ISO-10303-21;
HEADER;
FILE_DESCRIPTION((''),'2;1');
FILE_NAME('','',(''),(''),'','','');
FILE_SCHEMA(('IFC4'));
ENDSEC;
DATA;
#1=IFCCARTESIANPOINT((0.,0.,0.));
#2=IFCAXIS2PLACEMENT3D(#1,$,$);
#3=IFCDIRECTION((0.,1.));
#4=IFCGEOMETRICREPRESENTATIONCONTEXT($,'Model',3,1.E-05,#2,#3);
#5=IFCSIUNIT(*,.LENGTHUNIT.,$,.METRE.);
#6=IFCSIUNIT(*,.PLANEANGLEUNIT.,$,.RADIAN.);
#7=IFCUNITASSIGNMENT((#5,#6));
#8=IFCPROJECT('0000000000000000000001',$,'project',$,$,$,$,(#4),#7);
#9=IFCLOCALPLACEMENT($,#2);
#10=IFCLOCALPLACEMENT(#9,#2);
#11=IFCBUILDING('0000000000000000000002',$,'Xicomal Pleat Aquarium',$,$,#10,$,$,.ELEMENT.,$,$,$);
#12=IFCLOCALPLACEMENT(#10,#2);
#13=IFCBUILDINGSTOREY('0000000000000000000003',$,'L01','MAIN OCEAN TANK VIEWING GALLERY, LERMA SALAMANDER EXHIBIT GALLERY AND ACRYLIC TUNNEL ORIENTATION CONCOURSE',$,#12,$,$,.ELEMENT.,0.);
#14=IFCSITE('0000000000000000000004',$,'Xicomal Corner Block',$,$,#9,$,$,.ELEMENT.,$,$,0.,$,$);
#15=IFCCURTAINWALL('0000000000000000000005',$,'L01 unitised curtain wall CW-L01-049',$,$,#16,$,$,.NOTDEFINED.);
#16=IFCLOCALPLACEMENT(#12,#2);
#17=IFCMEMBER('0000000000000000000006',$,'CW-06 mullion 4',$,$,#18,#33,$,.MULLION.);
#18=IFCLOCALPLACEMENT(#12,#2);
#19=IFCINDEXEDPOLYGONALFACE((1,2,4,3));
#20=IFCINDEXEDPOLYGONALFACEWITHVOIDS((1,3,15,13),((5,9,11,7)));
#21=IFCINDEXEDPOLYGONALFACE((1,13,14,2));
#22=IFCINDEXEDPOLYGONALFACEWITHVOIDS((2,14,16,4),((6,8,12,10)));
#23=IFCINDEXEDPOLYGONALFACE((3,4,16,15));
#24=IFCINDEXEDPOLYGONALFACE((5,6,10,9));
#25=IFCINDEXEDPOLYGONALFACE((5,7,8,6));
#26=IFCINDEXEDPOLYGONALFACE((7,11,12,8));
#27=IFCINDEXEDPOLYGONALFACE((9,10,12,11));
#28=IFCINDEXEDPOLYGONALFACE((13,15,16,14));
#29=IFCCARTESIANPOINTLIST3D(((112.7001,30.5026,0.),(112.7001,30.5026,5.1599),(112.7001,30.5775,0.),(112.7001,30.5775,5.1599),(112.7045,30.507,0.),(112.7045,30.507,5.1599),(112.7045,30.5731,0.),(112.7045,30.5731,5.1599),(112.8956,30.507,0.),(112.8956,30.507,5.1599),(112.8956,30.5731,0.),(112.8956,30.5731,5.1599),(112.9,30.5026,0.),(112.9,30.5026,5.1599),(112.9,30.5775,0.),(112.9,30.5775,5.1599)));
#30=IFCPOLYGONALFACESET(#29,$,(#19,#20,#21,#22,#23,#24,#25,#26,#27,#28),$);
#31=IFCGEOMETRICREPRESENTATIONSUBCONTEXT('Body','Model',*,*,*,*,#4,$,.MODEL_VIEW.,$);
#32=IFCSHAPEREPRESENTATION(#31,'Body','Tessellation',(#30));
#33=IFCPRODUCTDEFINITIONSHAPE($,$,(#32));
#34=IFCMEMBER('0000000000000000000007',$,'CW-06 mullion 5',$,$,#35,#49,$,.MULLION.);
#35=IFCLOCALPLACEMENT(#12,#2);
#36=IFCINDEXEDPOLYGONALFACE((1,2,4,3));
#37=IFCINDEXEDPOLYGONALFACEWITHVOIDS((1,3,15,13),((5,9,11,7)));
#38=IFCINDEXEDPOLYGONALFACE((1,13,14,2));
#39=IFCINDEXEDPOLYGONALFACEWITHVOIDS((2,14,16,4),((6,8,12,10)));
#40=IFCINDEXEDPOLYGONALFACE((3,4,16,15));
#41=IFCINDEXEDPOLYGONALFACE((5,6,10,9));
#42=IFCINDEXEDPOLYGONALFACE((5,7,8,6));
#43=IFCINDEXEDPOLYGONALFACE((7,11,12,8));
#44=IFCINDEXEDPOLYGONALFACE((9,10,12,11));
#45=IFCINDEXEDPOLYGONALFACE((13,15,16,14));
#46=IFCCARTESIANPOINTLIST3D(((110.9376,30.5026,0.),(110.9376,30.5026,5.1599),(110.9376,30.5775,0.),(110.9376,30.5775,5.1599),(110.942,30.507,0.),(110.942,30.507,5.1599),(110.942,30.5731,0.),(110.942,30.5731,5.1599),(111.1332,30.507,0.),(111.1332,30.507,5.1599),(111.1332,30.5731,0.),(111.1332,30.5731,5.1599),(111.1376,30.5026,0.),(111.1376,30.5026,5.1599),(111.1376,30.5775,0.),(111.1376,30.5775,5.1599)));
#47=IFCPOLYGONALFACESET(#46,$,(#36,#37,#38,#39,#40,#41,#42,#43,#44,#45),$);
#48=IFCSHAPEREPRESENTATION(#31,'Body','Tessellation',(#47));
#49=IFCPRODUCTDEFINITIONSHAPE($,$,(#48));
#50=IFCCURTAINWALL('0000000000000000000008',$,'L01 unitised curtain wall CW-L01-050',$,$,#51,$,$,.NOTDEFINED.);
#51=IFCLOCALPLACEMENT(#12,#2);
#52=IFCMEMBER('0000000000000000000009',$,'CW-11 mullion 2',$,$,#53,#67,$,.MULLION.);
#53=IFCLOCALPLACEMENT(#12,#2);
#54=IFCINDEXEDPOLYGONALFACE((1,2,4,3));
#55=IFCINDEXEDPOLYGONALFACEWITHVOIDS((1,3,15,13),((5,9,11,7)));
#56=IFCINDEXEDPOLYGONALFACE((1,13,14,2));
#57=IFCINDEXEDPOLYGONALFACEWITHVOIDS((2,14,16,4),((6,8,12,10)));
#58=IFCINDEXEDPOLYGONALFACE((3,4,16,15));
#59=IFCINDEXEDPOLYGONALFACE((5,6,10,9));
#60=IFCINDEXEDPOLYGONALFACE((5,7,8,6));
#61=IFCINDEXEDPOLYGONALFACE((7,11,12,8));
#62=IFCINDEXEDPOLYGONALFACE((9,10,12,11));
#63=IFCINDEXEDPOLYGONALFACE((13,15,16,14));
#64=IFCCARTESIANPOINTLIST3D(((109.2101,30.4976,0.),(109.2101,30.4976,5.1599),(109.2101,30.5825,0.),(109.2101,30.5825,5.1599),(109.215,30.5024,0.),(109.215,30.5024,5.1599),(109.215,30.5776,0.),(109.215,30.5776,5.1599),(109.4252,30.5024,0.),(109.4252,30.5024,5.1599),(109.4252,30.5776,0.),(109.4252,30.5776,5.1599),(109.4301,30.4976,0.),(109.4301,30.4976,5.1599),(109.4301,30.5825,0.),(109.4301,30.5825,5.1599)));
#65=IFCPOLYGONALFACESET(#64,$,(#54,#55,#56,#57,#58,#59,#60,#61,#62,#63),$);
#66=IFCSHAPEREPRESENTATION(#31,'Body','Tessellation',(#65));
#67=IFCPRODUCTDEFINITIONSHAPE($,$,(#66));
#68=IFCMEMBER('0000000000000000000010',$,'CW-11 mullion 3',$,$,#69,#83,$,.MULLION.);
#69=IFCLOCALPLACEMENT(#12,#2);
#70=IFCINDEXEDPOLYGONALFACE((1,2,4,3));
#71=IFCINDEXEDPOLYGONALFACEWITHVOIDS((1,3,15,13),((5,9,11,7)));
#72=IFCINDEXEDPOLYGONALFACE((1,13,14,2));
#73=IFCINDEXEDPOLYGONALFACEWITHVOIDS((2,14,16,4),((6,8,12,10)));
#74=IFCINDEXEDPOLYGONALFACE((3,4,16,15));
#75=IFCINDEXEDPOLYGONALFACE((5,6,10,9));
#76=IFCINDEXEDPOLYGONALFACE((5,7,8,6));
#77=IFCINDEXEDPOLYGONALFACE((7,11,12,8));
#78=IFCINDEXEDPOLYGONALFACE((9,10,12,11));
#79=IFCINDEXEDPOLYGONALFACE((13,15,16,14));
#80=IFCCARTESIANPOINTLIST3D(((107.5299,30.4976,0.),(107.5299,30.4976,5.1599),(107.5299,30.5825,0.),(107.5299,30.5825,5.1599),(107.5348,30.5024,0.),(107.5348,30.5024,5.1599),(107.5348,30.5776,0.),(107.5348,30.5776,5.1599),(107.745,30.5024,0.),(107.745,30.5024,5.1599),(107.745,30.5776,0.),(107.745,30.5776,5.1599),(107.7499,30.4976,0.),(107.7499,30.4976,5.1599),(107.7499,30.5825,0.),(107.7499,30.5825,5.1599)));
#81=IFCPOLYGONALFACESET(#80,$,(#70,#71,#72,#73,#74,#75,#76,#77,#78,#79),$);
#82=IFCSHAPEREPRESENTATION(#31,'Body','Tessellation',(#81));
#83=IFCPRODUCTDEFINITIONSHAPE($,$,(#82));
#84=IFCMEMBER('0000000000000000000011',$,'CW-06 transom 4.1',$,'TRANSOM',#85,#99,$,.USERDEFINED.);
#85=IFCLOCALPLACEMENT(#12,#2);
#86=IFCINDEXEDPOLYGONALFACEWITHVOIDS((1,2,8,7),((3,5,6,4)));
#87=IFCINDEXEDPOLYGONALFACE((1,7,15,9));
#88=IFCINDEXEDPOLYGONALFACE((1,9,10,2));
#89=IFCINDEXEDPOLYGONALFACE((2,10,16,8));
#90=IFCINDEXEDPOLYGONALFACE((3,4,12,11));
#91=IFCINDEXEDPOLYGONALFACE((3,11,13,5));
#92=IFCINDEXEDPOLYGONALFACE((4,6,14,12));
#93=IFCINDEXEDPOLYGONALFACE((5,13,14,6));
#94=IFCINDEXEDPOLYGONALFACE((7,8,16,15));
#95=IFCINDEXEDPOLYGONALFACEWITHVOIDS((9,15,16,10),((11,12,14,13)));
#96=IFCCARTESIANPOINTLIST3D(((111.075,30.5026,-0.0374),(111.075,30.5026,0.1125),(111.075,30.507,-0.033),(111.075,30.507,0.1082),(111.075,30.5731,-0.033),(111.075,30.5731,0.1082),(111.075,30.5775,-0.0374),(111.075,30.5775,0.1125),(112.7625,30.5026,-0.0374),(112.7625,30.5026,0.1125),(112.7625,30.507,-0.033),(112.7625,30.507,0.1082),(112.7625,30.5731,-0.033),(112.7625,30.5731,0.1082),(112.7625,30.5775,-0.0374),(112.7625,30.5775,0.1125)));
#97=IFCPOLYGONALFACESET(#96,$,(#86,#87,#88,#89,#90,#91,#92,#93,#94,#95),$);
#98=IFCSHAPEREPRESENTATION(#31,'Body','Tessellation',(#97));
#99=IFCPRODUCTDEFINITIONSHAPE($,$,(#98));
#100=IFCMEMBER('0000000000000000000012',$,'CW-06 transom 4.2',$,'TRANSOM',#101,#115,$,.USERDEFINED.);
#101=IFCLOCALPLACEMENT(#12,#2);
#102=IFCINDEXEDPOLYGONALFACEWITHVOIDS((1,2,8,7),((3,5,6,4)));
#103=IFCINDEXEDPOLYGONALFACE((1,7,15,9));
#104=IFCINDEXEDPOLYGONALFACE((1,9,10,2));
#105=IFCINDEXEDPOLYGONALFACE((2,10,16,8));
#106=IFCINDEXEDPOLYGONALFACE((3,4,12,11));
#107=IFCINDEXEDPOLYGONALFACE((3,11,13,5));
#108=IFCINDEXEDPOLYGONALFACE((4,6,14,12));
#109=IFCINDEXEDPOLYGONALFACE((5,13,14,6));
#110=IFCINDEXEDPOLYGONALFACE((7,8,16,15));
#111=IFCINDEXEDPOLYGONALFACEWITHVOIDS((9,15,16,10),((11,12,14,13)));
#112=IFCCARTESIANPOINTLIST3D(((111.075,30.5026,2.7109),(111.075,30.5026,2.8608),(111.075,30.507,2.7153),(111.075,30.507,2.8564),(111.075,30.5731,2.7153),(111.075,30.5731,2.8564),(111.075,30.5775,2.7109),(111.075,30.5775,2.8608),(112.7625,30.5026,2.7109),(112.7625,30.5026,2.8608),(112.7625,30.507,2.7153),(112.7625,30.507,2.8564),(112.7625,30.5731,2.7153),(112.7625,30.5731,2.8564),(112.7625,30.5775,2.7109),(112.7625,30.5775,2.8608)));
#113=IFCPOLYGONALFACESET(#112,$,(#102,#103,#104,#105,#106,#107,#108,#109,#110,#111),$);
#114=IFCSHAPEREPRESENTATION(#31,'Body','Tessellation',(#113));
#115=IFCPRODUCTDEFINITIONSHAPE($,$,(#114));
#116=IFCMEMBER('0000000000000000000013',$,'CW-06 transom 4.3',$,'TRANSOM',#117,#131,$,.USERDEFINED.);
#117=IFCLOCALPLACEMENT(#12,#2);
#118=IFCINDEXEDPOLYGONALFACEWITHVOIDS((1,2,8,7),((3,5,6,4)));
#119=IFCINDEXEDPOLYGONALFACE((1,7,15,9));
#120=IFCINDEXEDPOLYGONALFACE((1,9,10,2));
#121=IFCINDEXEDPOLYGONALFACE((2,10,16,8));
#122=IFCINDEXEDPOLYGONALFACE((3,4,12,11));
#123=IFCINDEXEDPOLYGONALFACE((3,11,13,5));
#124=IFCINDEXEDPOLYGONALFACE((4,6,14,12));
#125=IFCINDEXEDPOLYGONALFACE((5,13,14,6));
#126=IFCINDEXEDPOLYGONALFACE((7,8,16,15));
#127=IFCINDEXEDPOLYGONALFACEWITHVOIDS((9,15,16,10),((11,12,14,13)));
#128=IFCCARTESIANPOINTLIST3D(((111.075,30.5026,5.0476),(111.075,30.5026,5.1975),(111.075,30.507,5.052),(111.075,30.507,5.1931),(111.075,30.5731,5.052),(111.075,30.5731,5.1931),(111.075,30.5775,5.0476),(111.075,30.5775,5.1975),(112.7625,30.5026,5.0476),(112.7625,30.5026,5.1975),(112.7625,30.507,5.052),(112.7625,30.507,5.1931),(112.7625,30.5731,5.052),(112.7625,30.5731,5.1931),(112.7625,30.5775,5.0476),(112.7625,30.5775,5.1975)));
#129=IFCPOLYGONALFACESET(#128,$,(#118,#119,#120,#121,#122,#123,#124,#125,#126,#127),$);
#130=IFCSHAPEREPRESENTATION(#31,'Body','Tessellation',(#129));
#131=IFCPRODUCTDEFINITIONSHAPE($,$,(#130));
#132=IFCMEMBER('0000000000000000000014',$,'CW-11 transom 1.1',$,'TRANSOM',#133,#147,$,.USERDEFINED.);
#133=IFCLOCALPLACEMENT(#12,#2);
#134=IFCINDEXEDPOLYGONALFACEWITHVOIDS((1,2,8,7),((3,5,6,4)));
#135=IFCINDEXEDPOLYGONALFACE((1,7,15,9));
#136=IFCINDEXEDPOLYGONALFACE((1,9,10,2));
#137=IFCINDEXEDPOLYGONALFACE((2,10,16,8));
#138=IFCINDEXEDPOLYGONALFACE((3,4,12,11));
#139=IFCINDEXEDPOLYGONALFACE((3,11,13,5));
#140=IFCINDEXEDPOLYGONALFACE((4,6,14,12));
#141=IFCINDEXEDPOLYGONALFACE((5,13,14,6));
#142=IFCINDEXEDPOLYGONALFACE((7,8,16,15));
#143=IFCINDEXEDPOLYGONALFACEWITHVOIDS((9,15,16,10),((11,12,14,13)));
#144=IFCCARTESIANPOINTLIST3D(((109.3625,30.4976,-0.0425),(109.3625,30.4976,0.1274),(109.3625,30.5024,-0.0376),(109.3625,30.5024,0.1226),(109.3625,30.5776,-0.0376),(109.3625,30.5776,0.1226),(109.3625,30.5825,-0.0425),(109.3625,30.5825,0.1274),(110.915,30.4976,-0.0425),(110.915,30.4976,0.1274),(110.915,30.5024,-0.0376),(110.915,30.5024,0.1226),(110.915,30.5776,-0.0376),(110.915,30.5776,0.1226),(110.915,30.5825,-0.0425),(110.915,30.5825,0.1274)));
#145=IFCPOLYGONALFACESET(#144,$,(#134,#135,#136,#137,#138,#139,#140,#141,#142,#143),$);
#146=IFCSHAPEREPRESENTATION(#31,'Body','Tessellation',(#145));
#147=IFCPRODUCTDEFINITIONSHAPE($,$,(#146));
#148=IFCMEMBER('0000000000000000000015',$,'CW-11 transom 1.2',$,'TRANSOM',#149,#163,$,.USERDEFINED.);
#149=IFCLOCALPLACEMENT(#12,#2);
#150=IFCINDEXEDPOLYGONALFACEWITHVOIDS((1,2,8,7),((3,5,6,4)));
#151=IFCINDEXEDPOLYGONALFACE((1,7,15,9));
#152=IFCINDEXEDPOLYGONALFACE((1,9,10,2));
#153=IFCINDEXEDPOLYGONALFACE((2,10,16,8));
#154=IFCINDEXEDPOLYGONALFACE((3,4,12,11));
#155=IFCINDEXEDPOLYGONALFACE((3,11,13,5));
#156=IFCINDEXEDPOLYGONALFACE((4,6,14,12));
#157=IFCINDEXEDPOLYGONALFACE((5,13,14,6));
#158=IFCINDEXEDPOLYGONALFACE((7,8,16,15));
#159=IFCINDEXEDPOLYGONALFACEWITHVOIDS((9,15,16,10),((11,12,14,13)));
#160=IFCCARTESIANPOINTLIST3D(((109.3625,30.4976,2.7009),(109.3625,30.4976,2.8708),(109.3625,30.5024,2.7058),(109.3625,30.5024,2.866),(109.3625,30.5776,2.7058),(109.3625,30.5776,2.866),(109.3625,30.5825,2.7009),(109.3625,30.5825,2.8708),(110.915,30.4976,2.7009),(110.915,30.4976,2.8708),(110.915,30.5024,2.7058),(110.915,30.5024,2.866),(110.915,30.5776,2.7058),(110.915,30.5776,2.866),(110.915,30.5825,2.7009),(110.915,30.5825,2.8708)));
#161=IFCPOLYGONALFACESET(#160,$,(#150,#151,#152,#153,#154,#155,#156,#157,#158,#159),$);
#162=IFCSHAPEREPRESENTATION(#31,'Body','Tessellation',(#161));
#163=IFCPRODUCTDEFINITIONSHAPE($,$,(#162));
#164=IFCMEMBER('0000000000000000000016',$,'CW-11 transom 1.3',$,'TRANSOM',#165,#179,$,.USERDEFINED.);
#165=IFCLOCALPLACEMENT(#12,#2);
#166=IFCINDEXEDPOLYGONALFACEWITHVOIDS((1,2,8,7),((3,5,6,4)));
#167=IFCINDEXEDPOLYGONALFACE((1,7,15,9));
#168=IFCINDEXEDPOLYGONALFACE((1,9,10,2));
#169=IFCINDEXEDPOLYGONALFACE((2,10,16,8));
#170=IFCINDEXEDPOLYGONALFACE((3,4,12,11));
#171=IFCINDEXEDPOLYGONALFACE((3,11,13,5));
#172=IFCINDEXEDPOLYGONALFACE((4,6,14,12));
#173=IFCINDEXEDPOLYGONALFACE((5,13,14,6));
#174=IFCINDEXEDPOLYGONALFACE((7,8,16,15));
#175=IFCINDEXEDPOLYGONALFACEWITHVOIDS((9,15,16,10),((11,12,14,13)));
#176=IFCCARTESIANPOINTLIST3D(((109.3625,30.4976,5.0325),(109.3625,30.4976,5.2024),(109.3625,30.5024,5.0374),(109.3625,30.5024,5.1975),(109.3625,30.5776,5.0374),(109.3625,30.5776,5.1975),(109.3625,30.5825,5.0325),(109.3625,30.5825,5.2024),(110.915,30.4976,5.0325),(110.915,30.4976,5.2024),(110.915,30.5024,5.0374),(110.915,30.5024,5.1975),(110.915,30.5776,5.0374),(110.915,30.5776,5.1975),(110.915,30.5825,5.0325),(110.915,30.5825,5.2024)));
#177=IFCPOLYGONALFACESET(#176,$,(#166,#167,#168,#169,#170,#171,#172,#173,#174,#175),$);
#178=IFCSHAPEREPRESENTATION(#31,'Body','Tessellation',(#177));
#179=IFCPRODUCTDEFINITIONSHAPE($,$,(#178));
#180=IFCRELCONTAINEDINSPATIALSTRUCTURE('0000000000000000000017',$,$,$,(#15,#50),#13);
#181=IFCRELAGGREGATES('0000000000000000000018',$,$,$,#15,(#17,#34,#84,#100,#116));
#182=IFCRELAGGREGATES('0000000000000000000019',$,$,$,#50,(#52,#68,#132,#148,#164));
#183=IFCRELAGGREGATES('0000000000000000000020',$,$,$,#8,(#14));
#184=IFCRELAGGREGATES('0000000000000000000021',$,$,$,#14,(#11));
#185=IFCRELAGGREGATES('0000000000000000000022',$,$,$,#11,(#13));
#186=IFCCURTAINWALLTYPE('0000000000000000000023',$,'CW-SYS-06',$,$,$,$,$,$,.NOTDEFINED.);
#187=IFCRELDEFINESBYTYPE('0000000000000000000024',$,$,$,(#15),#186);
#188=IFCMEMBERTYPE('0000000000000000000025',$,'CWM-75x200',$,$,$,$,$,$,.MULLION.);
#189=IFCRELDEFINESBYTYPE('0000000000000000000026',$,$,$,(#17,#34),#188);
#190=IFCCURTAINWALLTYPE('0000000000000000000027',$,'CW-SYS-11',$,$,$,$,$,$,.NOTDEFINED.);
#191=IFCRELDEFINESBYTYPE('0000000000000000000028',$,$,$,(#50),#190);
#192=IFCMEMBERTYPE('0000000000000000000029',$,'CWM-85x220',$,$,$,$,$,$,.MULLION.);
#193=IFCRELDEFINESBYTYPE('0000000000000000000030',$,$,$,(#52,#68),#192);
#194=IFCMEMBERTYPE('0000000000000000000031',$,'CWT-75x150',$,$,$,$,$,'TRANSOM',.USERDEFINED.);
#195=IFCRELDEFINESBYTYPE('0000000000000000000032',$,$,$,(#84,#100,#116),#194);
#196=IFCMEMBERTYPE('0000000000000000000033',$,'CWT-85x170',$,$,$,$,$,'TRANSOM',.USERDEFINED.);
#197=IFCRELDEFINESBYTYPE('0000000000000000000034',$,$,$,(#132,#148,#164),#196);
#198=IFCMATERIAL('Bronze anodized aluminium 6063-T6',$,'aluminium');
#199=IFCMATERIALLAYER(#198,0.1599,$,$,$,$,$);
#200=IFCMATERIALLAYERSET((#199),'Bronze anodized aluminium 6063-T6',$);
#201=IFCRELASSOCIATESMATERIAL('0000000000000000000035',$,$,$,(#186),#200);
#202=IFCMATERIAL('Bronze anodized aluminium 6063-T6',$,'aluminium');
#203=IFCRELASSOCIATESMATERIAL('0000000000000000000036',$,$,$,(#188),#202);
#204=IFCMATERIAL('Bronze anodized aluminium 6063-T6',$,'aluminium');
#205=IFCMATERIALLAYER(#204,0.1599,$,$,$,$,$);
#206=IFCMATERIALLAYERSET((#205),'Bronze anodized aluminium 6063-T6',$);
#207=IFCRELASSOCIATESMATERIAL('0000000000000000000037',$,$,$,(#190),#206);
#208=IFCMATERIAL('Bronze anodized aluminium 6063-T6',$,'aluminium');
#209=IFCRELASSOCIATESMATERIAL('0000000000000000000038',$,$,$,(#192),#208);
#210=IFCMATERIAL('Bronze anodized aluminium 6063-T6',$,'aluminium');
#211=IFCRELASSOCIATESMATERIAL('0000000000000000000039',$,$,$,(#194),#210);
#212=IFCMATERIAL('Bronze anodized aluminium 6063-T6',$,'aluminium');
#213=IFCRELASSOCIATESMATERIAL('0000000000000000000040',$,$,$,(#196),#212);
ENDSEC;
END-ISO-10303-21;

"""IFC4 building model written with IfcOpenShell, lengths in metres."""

from ifc_helpers import new_model, si_unit, direction, frame, origin, origin_2d, place, context, subcontext, project, spatial, hollow_rectangle, extrude, material, layer, layer_set, material_profile, profile_set, type_object, element, aggregate, save


model = new_model("IFC4")

# Units and contexts
model_context = context("Model", 3, precision=1e-05, world=origin(), true_north=direction((0.0, 1.0)))
body_context = subcontext(model_context, "Body", "Model", "MODEL_VIEW")
ifc_project = project(units=[si_unit("LENGTHUNIT", "METRE"), si_unit("PLANEANGLEUNIT", "RADIAN")], contexts=[model_context])

# Site, building, storey
site_placement = place(None, origin())
site = spatial("IfcSite", under=ifc_project, at=site_placement, Name="Xicomal Corner Block", CompositionType="ELEMENT", RefElevation=0.0)
building_placement = place(site_placement, origin())
building = spatial("IfcBuilding", under=site, at=building_placement, Name="Xicomal Pleat Aquarium", CompositionType="ELEMENT")
storey_placement = place(building_placement, origin())
storey = spatial("IfcBuildingStorey", under=building, at=storey_placement, Name="L01", Description="MAIN OCEAN TANK VIEWING GALLERY, LERMA SALAMANDER EXHIBIT GALLERY AND ACRYLIC TUNNEL ORIENTATION CONCOURSE", CompositionType="ELEMENT", Elevation=0.0)

# Curtain walls, members
ifc_material_1 = material(Name="Bronze anodized aluminium 6063-T6", Category="aluminium")
ifc_layer_1 = layer(ifc_material_1, 0.1599)
ifc_layer_set_1 = layer_set([ifc_layer_1], Name="Bronze anodized aluminium 6063-T6")
curtain_wall_type_1 = type_object("IfcCurtainWallType", Name="CW-SYS-06", PredefinedType="NOTDEFINED", material=ifc_layer_set_1)
curtain_wall_1_placement = place(storey_placement, origin())
curtain_wall_1 = element("IfcCurtainWall", 1, at=curtain_wall_1_placement, inside=storey, type_object=curtain_wall_type_1, Name="L01 unitised curtain wall CW-L01-049", PredefinedType="NOTDEFINED")
ifc_material_2 = material(Name="Bronze anodized aluminium 6063-T6", Category="aluminium")
ifc_material_profile_1 = material_profile(ifc_material_2, hollow_rectangle(XDim=0.075, YDim=0.2, WallThickness=0.0044, at=origin_2d()), Name="ALU MULL 75x200")
ifc_profile_set_1 = profile_set([ifc_material_profile_1], Name="Bronze anodized aluminium 6063-T6")
member_type_1 = type_object("IfcMemberType", Name="CWM-75x200", PredefinedType="MULLION", material=ifc_profile_set_1)
member_1_placement = place(storey_placement, frame((112.8, 30.54, 0.0), z_axis=(0.0, 0.0, 1.0), x_axis=(0.0, -1.0, 0.0)))
member_1 = element("IfcMember", 2, at=member_1_placement, type_object=member_type_1, Name="CW-06 mullion 4", PredefinedType="MULLION", context=body_context, shape_type="SweptSolid", body=[
    extrude(hollow_rectangle(XDim=0.075, YDim=0.2, WallThickness=0.0044, at=origin_2d()), origin(), (0.0, 0.0, 1.0), 5.1599),
])
member_2_placement = place(storey_placement, frame((111.0376, 30.54, 0.0), z_axis=(0.0, 0.0, 1.0), x_axis=(0.0, -1.0, 0.0)))
member_2 = element("IfcMember", 3, at=member_2_placement, type_object=member_type_1, Name="CW-06 mullion 5", PredefinedType="MULLION", context=body_context, shape_type="SweptSolid", body=[
    extrude(hollow_rectangle(XDim=0.075, YDim=0.2, WallThickness=0.0044, at=origin_2d()), origin(), (0.0, 0.0, 1.0), 5.1599),
])
ifc_material_3 = material(Name="Bronze anodized aluminium 6063-T6", Category="aluminium")
ifc_layer_2 = layer(ifc_material_3, 0.1599)
ifc_layer_set_2 = layer_set([ifc_layer_2], Name="Bronze anodized aluminium 6063-T6")
curtain_wall_type_2 = type_object("IfcCurtainWallType", Name="CW-SYS-11", PredefinedType="NOTDEFINED", material=ifc_layer_set_2)
curtain_wall_2_placement = place(storey_placement, origin())
curtain_wall_2 = element("IfcCurtainWall", 4, at=curtain_wall_2_placement, inside=storey, type_object=curtain_wall_type_2, Name="L01 unitised curtain wall CW-L01-050", PredefinedType="NOTDEFINED")
ifc_material_4 = material(Name="Bronze anodized aluminium 6063-T6", Category="aluminium")
ifc_material_profile_2 = material_profile(ifc_material_4, hollow_rectangle(XDim=0.085, YDim=0.22, WallThickness=0.0049, at=origin_2d()), Name="ALU MULL 85x220")
ifc_profile_set_2 = profile_set([ifc_material_profile_2], Name="Bronze anodized aluminium 6063-T6")
member_type_2 = type_object("IfcMemberType", Name="CWM-85x220", PredefinedType="MULLION", material=ifc_profile_set_2)
member_3_placement = place(storey_placement, frame((109.3201, 30.54, 0.0), z_axis=(0.0, 0.0, 1.0), x_axis=(0.0, -1.0, 0.0)))
member_3 = element("IfcMember", 5, at=member_3_placement, type_object=member_type_2, Name="CW-11 mullion 2", PredefinedType="MULLION", context=body_context, shape_type="SweptSolid", body=[
    extrude(hollow_rectangle(XDim=0.085, YDim=0.22, WallThickness=0.0049, at=origin_2d()), origin(), (0.0, 0.0, 1.0), 5.1599),
])
member_4_placement = place(storey_placement, frame((107.6399, 30.54, 0.0), z_axis=(0.0, 0.0, 1.0), x_axis=(0.0, -1.0, 0.0)))
member_4 = element("IfcMember", 6, at=member_4_placement, type_object=member_type_2, Name="CW-11 mullion 3", PredefinedType="MULLION", context=body_context, shape_type="SweptSolid", body=[
    extrude(hollow_rectangle(XDim=0.085, YDim=0.22, WallThickness=0.0049, at=origin_2d()), origin(), (0.0, 0.0, 1.0), 5.1599),
])

# Members
ifc_material_5 = material(Name="Bronze anodized aluminium 6063-T6", Category="aluminium")
ifc_material_profile_3 = material_profile(ifc_material_5, hollow_rectangle(XDim=0.075, YDim=0.1499, WallThickness=0.0044, at=origin_2d()), Name="ALU TRAN 75x150")
ifc_profile_set_3 = profile_set([ifc_material_profile_3], Name="Bronze anodized aluminium 6063-T6")
member_type_3 = type_object("IfcMemberType", Name="CWT-75x150", ElementType="TRANSOM", PredefinedType="USERDEFINED", material=ifc_profile_set_3)
member_5_placement = place(storey_placement, frame((112.7625, 30.54, 0.0376), z_axis=(-1.0, 0.0, 0.0), x_axis=(0.0, -1.0, 0.0)))
member_5 = element("IfcMember", 7, at=member_5_placement, type_object=member_type_3, Name="CW-06 transom 4.1", ObjectType="TRANSOM", PredefinedType="USERDEFINED", context=body_context, shape_type="SweptSolid", body=[
    extrude(hollow_rectangle(XDim=0.075, YDim=0.1499, WallThickness=0.0044, at=origin_2d()), origin(), (0.0, 0.0, 1.0), 1.6875),
])
member_6_placement = place(storey_placement, frame((112.7625, 30.54, 2.7859), z_axis=(-1.0, 0.0, 0.0), x_axis=(0.0, -1.0, 0.0)))
member_6 = element("IfcMember", 8, at=member_6_placement, type_object=member_type_3, Name="CW-06 transom 4.2", ObjectType="TRANSOM", PredefinedType="USERDEFINED", context=body_context, shape_type="SweptSolid", body=[
    extrude(hollow_rectangle(XDim=0.075, YDim=0.1499, WallThickness=0.0044, at=origin_2d()), origin(), (0.0, 0.0, 1.0), 1.6875),
])
member_7_placement = place(storey_placement, frame((112.7625, 30.54, 5.1226), z_axis=(-1.0, 0.0, 0.0), x_axis=(0.0, -1.0, 0.0)))
member_7 = element("IfcMember", 9, at=member_7_placement, type_object=member_type_3, Name="CW-06 transom 4.3", ObjectType="TRANSOM", PredefinedType="USERDEFINED", context=body_context, shape_type="SweptSolid", body=[
    extrude(hollow_rectangle(XDim=0.075, YDim=0.1499, WallThickness=0.0044, at=origin_2d()), origin(), (0.0, 0.0, 1.0), 1.6875),
])
ifc_material_6 = material(Name="Bronze anodized aluminium 6063-T6", Category="aluminium")
ifc_material_profile_4 = material_profile(ifc_material_6, hollow_rectangle(XDim=0.085, YDim=0.1699, WallThickness=0.0049, at=origin_2d()), Name="ALU TRAN 85x170")
ifc_profile_set_4 = profile_set([ifc_material_profile_4], Name="Bronze anodized aluminium 6063-T6")
member_type_4 = type_object("IfcMemberType", Name="CWT-85x170", ElementType="TRANSOM", PredefinedType="USERDEFINED", material=ifc_profile_set_4)
member_8_placement = place(storey_placement, frame((110.915, 30.54, 0.0425), z_axis=(-1.0, 0.0, 0.0), x_axis=(0.0, -1.0, 0.0)))
member_8 = element("IfcMember", 10, at=member_8_placement, type_object=member_type_4, Name="CW-11 transom 1.1", ObjectType="TRANSOM", PredefinedType="USERDEFINED", context=body_context, shape_type="SweptSolid", body=[
    extrude(hollow_rectangle(XDim=0.085, YDim=0.1699, WallThickness=0.0049, at=origin_2d()), origin(), (0.0, 0.0, 1.0), 1.5525),
])
member_9_placement = place(storey_placement, frame((110.915, 30.54, 2.7859), z_axis=(-1.0, 0.0, 0.0), x_axis=(0.0, -1.0, 0.0)))
member_9 = element("IfcMember", 11, at=member_9_placement, type_object=member_type_4, Name="CW-11 transom 1.2", ObjectType="TRANSOM", PredefinedType="USERDEFINED", context=body_context, shape_type="SweptSolid", body=[
    extrude(hollow_rectangle(XDim=0.085, YDim=0.1699, WallThickness=0.0049, at=origin_2d()), origin(), (0.0, 0.0, 1.0), 1.5525),
])
member_10_placement = place(storey_placement, frame((110.915, 30.54, 5.1174), z_axis=(-1.0, 0.0, 0.0), x_axis=(0.0, -1.0, 0.0)))
member_10 = element("IfcMember", 12, at=member_10_placement, type_object=member_type_4, Name="CW-11 transom 1.3", ObjectType="TRANSOM", PredefinedType="USERDEFINED", context=body_context, shape_type="SweptSolid", body=[
    extrude(hollow_rectangle(XDim=0.085, YDim=0.1699, WallThickness=0.0049, at=origin_2d()), origin(), (0.0, 0.0, 1.0), 1.5525),
])

aggregate(curtain_wall_1, [member_1, member_2, member_5, member_6, member_7])
aggregate(curtain_wall_2, [member_3, member_4, member_8, member_9, member_10])

save(model, "model.ifc")
